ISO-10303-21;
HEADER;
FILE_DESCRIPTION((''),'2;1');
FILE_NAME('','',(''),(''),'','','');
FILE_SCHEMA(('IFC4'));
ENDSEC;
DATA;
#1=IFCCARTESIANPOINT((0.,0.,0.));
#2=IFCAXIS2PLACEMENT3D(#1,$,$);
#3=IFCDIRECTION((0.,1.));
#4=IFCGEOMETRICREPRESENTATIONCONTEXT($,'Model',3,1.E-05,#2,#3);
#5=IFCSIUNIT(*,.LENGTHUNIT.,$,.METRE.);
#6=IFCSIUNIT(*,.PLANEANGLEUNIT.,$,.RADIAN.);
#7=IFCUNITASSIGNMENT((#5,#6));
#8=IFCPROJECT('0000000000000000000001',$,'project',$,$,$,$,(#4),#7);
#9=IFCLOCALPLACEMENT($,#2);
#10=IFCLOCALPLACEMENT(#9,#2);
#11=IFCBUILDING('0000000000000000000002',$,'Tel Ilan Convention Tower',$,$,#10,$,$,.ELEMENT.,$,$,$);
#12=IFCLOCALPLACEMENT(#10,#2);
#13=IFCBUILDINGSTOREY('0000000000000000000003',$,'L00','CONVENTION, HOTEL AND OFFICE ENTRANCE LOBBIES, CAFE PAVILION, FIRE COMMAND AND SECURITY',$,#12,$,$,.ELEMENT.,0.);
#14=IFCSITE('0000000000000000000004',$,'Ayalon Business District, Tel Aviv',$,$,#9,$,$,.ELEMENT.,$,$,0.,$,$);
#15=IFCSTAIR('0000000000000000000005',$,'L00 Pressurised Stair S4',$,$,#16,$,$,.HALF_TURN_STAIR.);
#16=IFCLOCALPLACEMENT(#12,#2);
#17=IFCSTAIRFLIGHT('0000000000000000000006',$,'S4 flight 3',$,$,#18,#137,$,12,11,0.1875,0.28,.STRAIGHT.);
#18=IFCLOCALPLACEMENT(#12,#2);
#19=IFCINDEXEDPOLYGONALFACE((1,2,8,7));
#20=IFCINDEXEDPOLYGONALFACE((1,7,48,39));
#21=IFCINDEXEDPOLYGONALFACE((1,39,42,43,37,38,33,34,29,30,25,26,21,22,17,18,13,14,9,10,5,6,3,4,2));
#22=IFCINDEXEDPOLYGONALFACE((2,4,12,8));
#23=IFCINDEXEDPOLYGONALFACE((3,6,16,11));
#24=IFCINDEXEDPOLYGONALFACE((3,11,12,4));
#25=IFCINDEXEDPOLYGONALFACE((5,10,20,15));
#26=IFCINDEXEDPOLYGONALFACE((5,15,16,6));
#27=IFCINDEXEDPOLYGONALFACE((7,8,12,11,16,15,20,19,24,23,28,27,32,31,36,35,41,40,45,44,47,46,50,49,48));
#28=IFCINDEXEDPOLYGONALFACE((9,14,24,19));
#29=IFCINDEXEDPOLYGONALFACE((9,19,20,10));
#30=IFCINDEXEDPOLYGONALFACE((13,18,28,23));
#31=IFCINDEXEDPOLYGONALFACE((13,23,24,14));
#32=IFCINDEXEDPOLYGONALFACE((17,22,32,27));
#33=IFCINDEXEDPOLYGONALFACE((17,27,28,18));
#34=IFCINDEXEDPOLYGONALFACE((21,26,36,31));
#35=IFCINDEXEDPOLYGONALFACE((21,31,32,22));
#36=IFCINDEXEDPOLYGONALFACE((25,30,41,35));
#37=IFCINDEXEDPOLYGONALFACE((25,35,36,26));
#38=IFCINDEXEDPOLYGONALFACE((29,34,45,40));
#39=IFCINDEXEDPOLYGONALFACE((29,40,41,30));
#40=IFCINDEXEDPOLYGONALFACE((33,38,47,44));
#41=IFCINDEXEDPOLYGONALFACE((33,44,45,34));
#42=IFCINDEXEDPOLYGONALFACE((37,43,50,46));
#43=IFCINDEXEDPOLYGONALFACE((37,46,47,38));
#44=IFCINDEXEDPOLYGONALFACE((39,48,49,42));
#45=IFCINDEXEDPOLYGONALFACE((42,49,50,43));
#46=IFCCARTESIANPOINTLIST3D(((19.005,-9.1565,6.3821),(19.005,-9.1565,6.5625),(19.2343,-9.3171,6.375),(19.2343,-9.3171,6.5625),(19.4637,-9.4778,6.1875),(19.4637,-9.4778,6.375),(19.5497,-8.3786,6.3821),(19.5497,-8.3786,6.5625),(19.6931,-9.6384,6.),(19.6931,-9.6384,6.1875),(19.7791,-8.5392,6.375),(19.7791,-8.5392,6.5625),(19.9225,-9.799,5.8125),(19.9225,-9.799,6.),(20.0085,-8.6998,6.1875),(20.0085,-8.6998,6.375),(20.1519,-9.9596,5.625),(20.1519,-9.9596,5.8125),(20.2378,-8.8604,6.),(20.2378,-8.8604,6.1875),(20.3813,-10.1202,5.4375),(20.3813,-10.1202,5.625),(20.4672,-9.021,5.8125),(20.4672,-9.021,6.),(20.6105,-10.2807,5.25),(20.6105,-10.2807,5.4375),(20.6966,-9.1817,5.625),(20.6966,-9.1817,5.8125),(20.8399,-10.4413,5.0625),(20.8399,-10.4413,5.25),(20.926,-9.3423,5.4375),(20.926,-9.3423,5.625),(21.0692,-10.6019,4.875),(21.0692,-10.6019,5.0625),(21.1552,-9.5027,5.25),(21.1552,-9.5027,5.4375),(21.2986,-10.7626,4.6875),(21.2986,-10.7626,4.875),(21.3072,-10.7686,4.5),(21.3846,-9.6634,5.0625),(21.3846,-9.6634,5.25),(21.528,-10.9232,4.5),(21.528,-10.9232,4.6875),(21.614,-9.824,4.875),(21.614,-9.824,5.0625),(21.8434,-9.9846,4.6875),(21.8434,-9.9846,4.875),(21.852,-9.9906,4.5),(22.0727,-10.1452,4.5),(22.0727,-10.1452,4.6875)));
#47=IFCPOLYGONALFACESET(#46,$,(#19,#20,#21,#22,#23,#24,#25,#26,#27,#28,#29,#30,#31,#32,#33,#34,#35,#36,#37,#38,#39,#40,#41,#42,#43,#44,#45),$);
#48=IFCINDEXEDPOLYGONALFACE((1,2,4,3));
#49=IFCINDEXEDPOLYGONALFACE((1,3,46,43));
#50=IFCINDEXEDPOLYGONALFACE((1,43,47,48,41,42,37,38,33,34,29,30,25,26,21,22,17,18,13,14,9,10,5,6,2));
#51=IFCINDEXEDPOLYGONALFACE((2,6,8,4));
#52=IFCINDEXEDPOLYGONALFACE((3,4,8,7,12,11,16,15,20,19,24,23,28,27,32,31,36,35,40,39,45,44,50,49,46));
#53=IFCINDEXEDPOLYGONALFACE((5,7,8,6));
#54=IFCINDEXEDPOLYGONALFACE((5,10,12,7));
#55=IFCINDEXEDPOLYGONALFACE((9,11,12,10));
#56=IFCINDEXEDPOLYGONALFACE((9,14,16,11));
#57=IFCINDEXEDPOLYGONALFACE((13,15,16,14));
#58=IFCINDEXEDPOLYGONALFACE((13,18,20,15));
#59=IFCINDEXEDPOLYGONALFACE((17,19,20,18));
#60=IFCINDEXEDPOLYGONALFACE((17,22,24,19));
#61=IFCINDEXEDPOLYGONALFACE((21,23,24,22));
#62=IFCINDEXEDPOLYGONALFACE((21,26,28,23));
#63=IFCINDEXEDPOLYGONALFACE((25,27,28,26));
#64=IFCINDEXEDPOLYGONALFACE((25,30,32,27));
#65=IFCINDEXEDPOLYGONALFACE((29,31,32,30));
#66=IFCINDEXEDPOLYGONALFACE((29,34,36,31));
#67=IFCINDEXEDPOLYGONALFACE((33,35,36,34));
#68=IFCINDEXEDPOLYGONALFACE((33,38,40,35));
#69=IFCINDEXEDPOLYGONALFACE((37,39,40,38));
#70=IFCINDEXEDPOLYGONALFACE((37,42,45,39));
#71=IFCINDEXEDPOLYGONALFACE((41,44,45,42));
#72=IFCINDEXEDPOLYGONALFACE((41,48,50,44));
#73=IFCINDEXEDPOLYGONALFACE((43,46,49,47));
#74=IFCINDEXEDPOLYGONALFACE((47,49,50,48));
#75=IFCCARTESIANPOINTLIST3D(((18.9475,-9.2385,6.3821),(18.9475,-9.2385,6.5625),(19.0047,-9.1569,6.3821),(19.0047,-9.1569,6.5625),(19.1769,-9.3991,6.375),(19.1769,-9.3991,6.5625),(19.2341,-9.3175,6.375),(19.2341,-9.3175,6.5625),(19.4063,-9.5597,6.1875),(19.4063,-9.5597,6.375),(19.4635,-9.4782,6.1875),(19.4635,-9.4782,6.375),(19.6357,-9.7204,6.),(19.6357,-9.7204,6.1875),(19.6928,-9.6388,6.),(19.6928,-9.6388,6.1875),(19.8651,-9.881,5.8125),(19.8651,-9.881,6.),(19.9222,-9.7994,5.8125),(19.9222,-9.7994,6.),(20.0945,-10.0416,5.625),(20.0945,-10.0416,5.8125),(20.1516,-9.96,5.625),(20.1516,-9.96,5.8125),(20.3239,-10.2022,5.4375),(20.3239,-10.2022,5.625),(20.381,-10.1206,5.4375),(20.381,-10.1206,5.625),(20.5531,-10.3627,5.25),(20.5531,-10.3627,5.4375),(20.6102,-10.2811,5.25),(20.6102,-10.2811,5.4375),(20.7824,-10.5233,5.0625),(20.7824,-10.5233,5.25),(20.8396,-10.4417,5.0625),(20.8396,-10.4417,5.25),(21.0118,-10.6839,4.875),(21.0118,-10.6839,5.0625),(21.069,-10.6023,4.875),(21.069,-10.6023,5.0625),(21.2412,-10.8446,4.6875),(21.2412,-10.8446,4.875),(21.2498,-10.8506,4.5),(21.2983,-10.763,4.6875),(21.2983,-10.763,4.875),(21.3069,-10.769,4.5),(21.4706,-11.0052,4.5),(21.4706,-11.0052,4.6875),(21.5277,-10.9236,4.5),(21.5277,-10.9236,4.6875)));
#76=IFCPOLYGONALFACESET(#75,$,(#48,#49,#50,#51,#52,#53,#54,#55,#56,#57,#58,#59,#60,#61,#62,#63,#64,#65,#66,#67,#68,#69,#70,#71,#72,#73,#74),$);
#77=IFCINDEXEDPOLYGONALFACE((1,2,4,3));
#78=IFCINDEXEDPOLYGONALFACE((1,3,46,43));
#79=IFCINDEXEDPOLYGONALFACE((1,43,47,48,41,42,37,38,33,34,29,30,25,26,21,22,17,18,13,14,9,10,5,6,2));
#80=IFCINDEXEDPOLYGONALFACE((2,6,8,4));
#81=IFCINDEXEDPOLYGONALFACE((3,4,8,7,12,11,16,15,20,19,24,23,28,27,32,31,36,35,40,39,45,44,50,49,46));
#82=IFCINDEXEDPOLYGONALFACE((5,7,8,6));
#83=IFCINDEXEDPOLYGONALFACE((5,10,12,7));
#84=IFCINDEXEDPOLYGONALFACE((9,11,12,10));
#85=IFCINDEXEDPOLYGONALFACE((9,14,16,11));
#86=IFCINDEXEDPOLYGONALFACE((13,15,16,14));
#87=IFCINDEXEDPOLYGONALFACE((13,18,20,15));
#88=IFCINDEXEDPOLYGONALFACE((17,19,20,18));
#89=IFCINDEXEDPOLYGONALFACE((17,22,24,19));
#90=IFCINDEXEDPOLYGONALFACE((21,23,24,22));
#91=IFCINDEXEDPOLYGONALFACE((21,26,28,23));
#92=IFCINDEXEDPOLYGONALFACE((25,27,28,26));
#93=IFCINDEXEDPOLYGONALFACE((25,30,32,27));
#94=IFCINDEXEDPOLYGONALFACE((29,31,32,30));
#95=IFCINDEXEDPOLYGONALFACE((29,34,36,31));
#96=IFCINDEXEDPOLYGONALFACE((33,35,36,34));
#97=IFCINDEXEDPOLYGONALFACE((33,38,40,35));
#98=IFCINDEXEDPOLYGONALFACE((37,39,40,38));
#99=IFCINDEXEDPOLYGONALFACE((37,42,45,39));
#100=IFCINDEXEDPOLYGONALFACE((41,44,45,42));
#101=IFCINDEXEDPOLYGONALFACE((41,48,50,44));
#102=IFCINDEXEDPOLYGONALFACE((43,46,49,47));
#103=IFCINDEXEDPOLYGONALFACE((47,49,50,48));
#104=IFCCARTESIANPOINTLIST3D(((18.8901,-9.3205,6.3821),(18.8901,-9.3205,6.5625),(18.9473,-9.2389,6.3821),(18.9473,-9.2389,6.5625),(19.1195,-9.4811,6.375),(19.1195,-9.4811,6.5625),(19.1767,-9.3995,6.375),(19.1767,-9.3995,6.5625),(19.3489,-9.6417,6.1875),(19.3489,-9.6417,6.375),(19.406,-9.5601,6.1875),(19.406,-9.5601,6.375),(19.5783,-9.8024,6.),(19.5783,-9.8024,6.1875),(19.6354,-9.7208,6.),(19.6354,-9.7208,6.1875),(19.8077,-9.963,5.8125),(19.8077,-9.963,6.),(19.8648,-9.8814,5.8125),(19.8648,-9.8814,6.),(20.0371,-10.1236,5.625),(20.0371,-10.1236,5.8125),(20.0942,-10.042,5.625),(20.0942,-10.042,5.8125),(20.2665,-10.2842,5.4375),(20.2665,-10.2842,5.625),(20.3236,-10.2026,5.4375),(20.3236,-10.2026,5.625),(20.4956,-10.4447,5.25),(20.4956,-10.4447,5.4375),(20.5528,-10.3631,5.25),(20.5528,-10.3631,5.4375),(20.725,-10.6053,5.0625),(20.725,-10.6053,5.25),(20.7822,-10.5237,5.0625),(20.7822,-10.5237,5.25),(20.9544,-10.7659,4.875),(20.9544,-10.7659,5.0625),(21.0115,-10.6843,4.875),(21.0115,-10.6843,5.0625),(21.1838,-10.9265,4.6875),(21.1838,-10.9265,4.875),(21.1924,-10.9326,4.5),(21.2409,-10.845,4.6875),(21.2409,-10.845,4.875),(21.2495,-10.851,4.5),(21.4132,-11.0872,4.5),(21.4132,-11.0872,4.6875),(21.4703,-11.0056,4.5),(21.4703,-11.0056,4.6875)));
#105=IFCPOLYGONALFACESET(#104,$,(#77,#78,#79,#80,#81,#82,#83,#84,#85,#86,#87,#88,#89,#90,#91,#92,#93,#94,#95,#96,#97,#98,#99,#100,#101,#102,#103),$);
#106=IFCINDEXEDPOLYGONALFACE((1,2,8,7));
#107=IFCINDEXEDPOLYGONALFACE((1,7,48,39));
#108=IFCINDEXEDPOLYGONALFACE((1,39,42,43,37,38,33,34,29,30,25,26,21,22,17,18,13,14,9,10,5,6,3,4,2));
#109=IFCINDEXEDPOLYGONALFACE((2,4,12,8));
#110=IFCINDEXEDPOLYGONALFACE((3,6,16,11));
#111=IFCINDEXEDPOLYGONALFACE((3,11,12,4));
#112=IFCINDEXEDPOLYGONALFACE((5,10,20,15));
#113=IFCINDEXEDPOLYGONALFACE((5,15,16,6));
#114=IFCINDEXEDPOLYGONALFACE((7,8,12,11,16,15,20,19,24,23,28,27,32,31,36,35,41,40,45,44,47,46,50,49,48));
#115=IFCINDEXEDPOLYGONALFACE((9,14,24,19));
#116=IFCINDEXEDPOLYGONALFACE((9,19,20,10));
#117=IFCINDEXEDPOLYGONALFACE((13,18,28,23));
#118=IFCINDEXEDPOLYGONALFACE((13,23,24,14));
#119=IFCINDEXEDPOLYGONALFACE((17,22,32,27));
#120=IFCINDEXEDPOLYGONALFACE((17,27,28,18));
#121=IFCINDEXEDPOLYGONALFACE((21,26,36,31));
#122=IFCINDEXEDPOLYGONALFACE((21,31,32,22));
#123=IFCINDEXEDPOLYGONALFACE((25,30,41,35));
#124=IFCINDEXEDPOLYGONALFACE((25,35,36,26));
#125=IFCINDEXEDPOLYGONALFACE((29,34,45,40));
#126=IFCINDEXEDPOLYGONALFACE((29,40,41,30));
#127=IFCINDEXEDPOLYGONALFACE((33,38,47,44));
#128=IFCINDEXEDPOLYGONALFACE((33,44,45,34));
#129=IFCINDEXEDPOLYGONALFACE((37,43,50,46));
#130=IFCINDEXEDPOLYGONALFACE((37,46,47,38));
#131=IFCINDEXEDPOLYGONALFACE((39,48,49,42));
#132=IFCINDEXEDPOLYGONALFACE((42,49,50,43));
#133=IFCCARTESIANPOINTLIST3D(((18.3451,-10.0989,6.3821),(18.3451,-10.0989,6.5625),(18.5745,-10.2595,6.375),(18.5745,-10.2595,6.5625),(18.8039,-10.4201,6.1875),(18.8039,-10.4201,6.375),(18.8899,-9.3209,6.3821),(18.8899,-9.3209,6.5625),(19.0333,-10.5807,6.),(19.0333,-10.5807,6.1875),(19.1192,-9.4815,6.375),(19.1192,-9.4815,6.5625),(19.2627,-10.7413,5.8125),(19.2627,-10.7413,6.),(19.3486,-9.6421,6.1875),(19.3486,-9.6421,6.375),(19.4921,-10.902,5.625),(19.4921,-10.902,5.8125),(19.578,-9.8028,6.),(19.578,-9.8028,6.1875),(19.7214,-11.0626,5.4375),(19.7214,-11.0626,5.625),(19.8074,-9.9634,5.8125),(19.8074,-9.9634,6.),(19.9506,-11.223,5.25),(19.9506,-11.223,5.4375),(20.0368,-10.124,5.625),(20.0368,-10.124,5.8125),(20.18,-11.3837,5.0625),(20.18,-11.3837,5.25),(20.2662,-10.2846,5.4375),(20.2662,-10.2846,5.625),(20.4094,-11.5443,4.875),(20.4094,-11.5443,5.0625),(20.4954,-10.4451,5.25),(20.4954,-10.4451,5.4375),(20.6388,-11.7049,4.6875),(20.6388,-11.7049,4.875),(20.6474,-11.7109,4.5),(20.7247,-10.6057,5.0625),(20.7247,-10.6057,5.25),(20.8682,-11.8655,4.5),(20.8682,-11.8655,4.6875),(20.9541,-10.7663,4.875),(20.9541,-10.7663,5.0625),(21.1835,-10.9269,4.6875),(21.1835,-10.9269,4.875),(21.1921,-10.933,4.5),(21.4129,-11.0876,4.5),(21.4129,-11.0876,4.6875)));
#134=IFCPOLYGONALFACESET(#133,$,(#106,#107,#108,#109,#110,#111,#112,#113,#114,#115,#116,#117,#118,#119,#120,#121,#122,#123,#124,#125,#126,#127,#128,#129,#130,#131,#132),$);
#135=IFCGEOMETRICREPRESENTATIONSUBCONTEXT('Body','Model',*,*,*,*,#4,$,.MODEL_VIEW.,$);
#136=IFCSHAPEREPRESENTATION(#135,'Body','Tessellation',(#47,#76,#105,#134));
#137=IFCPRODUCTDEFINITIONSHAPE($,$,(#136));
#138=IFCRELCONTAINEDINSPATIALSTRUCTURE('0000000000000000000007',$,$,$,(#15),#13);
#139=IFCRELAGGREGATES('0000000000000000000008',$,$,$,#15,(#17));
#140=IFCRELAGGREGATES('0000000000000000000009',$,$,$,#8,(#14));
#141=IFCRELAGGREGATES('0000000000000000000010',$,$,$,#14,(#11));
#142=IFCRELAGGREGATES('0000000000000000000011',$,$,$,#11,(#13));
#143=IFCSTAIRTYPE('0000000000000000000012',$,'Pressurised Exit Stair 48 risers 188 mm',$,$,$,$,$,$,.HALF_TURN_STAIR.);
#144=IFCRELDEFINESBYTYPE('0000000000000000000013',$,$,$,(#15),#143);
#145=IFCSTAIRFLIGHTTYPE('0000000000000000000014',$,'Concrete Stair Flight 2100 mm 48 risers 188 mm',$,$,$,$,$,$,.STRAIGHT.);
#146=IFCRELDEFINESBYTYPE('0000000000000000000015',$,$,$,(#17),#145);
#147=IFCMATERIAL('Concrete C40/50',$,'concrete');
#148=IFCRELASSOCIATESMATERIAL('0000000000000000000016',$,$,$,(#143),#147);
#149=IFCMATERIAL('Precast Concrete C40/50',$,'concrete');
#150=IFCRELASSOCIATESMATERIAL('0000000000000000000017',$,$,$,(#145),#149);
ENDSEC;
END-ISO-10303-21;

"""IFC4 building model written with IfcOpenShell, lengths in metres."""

from ifc_helpers import new_model, si_unit, direction, frame, origin, place, context, subcontext, project, spatial, polyline, outline, extrude, material, type_object, element, aggregate, save


model = new_model("IFC4")

# Units and contexts
model_context = context("Model", 3, precision=1e-05, world=origin(), true_north=direction((0.0, 1.0)))
body_context = subcontext(model_context, "Body", "Model", "MODEL_VIEW")
ifc_project = project(units=[si_unit("LENGTHUNIT", "METRE"), si_unit("PLANEANGLEUNIT", "RADIAN")], contexts=[model_context])

# Site, building, storey
site_placement = place(None, origin())
site = spatial("IfcSite", under=ifc_project, at=site_placement, Name="Ayalon Business District, Tel Aviv", CompositionType="ELEMENT", RefElevation=0.0)
building_placement = place(site_placement, origin())
building = spatial("IfcBuilding", under=site, at=building_placement, Name="Tel Ilan Convention Tower", CompositionType="ELEMENT")
storey_placement = place(building_placement, origin())
storey = spatial("IfcBuildingStorey", under=building, at=storey_placement, Name="L00", Description="CONVENTION, HOTEL AND OFFICE ENTRANCE LOBBIES, CAFE PAVILION, FIRE COMMAND AND SECURITY", CompositionType="ELEMENT", Elevation=0.0)

# Stair, stair flight
ifc_material_1 = material(Name="Concrete C40/50", Category="concrete")
stair_type = type_object("IfcStairType", Name="Pressurised Exit Stair 48 risers 188 mm", PredefinedType="HALF_TURN_STAIR", material=ifc_material_1)
ifc_material_2 = material(Name="Precast Concrete C40/50", Category="concrete")
stair_flight_type = type_object("IfcStairFlightType", Name="Concrete Stair Flight 2100 mm 48 risers 188 mm", PredefinedType="STRAIGHT", material=ifc_material_2)
stair_1_placement = place(storey_placement, origin())
stair_1 = element("IfcStair", 1, at=stair_1_placement, inside=storey, type_object=stair_type, Name="L00 Pressurised Stair S4", PredefinedType="HALF_TURN_STAIR")
stair_flight_1_placement = place(storey_placement, frame((21.4705, -11.0054, 4.5), z_axis=(0.0, 0.0, 1.0), x_axis=(-0.819152, 0.573576, 0.0)))
stair_flight_1 = element("IfcStairFlight", 2, at=stair_flight_1_placement, type_object=stair_flight_type, Name="S4 flight 3", NumberOfRisers=12, NumberOfTreads=11, PredefinedType="STRAIGHT", RiserHeight=0.1875, TreadLength=0.28, context=body_context, shape_type="SweptSolid", body=[
    extrude(outline(polyline([(0.0, 0.0), (0.0, 0.1875), (0.28, 0.1875), (0.28, 0.375), (0.5601, 0.375), (0.5601, 0.5625), (0.8401, 0.5625), (0.8401, 0.75), (1.1201, 0.75), (1.1201, 0.9375), (1.3999, 0.9375), (1.3999, 1.125), (1.6799, 1.125), (1.6799, 1.3125), (1.96, 1.3125), (1.96, 1.5), (2.24, 1.5), (2.24, 1.6875), (2.52, 1.6875), (2.52, 1.875), (2.8, 1.875), (2.8, 2.0625), (3.0801, 2.0625), (3.0801, 2.25), (3.0801, 1.8821), (0.2695, 0.0), (0.0, 0.0)])), frame((0.0, -0.1003, 0.0), z_axis=(0.0, -1.0, 0.0), x_axis=(1.0, 0.0, 0.0)), (0.0, 0.0, 1.0), 0.9497),
    extrude(outline(polyline([(0.0, 0.0), (0.0, 0.1875), (0.28, 0.1875), (0.28, 0.375), (0.5601, 0.375), (0.5601, 0.5625), (0.8401, 0.5625), (0.8401, 0.75), (1.1201, 0.75), (1.1201, 0.9375), (1.3999, 0.9375), (1.3999, 1.125), (1.6799, 1.125), (1.6799, 1.3125), (1.96, 1.3125), (1.96, 1.5), (2.24, 1.5), (2.24, 1.6875), (2.52, 1.6875), (2.52, 1.875), (2.8, 1.875), (2.8, 2.0625), (3.0801, 2.0625), (3.0801, 2.25), (3.0801, 1.8821), (0.2695, 0.0), (0.0, 0.0)])), frame((0.0, -0.0002, 0.0), z_axis=(0.0, -1.0, 0.0), x_axis=(1.0, 0.0, 0.0)), (0.0, 0.0, 1.0), 0.0996),
    extrude(outline(polyline([(0.0, 0.0), (0.0, 0.1875), (0.28, 0.1875), (0.28, 0.375), (0.5601, 0.375), (0.5601, 0.5625), (0.8401, 0.5625), (0.8401, 0.75), (1.1201, 0.75), (1.1201, 0.9375), (1.3999, 0.9375), (1.3999, 1.125), (1.6799, 1.125), (1.6799, 1.3125), (1.96, 1.3125), (1.96, 1.5), (2.24, 1.5), (2.24, 1.6875), (2.52, 1.6875), (2.52, 1.875), (2.8, 1.875), (2.8, 2.0625), (3.0801, 2.0625), (3.0801, 2.25), (3.0801, 1.8821), (0.2695, 0.0), (0.0, 0.0)])), frame((0.0, 0.0999, 0.0), z_axis=(0.0, -1.0, 0.0), x_axis=(1.0, 0.0, 0.0)), (0.0, 0.0, 1.0), 0.0996),
    extrude(outline(polyline([(0.0, 0.0), (0.0, 0.1875), (0.28, 0.1875), (0.28, 0.375), (0.5601, 0.375), (0.5601, 0.5625), (0.8401, 0.5625), (0.8401, 0.75), (1.1201, 0.75), (1.1201, 0.9375), (1.3999, 0.9375), (1.3999, 1.125), (1.6799, 1.125), (1.6799, 1.3125), (1.96, 1.3125), (1.96, 1.5), (2.24, 1.5), (2.24, 1.6875), (2.52, 1.6875), (2.52, 1.875), (2.8, 1.875), (2.8, 2.0625), (3.0801, 2.0625), (3.0801, 2.25), (3.0801, 1.8821), (0.2695, 0.0), (0.0, 0.0)])), frame((0.0, 1.05, 0.0), z_axis=(0.0, -1.0, 0.0), x_axis=(1.0, 0.0, 0.0)), (0.0, 0.0, 1.0), 0.9497),
])
aggregate(stair_1, [stair_flight_1])

save(model, "model.ifc")
